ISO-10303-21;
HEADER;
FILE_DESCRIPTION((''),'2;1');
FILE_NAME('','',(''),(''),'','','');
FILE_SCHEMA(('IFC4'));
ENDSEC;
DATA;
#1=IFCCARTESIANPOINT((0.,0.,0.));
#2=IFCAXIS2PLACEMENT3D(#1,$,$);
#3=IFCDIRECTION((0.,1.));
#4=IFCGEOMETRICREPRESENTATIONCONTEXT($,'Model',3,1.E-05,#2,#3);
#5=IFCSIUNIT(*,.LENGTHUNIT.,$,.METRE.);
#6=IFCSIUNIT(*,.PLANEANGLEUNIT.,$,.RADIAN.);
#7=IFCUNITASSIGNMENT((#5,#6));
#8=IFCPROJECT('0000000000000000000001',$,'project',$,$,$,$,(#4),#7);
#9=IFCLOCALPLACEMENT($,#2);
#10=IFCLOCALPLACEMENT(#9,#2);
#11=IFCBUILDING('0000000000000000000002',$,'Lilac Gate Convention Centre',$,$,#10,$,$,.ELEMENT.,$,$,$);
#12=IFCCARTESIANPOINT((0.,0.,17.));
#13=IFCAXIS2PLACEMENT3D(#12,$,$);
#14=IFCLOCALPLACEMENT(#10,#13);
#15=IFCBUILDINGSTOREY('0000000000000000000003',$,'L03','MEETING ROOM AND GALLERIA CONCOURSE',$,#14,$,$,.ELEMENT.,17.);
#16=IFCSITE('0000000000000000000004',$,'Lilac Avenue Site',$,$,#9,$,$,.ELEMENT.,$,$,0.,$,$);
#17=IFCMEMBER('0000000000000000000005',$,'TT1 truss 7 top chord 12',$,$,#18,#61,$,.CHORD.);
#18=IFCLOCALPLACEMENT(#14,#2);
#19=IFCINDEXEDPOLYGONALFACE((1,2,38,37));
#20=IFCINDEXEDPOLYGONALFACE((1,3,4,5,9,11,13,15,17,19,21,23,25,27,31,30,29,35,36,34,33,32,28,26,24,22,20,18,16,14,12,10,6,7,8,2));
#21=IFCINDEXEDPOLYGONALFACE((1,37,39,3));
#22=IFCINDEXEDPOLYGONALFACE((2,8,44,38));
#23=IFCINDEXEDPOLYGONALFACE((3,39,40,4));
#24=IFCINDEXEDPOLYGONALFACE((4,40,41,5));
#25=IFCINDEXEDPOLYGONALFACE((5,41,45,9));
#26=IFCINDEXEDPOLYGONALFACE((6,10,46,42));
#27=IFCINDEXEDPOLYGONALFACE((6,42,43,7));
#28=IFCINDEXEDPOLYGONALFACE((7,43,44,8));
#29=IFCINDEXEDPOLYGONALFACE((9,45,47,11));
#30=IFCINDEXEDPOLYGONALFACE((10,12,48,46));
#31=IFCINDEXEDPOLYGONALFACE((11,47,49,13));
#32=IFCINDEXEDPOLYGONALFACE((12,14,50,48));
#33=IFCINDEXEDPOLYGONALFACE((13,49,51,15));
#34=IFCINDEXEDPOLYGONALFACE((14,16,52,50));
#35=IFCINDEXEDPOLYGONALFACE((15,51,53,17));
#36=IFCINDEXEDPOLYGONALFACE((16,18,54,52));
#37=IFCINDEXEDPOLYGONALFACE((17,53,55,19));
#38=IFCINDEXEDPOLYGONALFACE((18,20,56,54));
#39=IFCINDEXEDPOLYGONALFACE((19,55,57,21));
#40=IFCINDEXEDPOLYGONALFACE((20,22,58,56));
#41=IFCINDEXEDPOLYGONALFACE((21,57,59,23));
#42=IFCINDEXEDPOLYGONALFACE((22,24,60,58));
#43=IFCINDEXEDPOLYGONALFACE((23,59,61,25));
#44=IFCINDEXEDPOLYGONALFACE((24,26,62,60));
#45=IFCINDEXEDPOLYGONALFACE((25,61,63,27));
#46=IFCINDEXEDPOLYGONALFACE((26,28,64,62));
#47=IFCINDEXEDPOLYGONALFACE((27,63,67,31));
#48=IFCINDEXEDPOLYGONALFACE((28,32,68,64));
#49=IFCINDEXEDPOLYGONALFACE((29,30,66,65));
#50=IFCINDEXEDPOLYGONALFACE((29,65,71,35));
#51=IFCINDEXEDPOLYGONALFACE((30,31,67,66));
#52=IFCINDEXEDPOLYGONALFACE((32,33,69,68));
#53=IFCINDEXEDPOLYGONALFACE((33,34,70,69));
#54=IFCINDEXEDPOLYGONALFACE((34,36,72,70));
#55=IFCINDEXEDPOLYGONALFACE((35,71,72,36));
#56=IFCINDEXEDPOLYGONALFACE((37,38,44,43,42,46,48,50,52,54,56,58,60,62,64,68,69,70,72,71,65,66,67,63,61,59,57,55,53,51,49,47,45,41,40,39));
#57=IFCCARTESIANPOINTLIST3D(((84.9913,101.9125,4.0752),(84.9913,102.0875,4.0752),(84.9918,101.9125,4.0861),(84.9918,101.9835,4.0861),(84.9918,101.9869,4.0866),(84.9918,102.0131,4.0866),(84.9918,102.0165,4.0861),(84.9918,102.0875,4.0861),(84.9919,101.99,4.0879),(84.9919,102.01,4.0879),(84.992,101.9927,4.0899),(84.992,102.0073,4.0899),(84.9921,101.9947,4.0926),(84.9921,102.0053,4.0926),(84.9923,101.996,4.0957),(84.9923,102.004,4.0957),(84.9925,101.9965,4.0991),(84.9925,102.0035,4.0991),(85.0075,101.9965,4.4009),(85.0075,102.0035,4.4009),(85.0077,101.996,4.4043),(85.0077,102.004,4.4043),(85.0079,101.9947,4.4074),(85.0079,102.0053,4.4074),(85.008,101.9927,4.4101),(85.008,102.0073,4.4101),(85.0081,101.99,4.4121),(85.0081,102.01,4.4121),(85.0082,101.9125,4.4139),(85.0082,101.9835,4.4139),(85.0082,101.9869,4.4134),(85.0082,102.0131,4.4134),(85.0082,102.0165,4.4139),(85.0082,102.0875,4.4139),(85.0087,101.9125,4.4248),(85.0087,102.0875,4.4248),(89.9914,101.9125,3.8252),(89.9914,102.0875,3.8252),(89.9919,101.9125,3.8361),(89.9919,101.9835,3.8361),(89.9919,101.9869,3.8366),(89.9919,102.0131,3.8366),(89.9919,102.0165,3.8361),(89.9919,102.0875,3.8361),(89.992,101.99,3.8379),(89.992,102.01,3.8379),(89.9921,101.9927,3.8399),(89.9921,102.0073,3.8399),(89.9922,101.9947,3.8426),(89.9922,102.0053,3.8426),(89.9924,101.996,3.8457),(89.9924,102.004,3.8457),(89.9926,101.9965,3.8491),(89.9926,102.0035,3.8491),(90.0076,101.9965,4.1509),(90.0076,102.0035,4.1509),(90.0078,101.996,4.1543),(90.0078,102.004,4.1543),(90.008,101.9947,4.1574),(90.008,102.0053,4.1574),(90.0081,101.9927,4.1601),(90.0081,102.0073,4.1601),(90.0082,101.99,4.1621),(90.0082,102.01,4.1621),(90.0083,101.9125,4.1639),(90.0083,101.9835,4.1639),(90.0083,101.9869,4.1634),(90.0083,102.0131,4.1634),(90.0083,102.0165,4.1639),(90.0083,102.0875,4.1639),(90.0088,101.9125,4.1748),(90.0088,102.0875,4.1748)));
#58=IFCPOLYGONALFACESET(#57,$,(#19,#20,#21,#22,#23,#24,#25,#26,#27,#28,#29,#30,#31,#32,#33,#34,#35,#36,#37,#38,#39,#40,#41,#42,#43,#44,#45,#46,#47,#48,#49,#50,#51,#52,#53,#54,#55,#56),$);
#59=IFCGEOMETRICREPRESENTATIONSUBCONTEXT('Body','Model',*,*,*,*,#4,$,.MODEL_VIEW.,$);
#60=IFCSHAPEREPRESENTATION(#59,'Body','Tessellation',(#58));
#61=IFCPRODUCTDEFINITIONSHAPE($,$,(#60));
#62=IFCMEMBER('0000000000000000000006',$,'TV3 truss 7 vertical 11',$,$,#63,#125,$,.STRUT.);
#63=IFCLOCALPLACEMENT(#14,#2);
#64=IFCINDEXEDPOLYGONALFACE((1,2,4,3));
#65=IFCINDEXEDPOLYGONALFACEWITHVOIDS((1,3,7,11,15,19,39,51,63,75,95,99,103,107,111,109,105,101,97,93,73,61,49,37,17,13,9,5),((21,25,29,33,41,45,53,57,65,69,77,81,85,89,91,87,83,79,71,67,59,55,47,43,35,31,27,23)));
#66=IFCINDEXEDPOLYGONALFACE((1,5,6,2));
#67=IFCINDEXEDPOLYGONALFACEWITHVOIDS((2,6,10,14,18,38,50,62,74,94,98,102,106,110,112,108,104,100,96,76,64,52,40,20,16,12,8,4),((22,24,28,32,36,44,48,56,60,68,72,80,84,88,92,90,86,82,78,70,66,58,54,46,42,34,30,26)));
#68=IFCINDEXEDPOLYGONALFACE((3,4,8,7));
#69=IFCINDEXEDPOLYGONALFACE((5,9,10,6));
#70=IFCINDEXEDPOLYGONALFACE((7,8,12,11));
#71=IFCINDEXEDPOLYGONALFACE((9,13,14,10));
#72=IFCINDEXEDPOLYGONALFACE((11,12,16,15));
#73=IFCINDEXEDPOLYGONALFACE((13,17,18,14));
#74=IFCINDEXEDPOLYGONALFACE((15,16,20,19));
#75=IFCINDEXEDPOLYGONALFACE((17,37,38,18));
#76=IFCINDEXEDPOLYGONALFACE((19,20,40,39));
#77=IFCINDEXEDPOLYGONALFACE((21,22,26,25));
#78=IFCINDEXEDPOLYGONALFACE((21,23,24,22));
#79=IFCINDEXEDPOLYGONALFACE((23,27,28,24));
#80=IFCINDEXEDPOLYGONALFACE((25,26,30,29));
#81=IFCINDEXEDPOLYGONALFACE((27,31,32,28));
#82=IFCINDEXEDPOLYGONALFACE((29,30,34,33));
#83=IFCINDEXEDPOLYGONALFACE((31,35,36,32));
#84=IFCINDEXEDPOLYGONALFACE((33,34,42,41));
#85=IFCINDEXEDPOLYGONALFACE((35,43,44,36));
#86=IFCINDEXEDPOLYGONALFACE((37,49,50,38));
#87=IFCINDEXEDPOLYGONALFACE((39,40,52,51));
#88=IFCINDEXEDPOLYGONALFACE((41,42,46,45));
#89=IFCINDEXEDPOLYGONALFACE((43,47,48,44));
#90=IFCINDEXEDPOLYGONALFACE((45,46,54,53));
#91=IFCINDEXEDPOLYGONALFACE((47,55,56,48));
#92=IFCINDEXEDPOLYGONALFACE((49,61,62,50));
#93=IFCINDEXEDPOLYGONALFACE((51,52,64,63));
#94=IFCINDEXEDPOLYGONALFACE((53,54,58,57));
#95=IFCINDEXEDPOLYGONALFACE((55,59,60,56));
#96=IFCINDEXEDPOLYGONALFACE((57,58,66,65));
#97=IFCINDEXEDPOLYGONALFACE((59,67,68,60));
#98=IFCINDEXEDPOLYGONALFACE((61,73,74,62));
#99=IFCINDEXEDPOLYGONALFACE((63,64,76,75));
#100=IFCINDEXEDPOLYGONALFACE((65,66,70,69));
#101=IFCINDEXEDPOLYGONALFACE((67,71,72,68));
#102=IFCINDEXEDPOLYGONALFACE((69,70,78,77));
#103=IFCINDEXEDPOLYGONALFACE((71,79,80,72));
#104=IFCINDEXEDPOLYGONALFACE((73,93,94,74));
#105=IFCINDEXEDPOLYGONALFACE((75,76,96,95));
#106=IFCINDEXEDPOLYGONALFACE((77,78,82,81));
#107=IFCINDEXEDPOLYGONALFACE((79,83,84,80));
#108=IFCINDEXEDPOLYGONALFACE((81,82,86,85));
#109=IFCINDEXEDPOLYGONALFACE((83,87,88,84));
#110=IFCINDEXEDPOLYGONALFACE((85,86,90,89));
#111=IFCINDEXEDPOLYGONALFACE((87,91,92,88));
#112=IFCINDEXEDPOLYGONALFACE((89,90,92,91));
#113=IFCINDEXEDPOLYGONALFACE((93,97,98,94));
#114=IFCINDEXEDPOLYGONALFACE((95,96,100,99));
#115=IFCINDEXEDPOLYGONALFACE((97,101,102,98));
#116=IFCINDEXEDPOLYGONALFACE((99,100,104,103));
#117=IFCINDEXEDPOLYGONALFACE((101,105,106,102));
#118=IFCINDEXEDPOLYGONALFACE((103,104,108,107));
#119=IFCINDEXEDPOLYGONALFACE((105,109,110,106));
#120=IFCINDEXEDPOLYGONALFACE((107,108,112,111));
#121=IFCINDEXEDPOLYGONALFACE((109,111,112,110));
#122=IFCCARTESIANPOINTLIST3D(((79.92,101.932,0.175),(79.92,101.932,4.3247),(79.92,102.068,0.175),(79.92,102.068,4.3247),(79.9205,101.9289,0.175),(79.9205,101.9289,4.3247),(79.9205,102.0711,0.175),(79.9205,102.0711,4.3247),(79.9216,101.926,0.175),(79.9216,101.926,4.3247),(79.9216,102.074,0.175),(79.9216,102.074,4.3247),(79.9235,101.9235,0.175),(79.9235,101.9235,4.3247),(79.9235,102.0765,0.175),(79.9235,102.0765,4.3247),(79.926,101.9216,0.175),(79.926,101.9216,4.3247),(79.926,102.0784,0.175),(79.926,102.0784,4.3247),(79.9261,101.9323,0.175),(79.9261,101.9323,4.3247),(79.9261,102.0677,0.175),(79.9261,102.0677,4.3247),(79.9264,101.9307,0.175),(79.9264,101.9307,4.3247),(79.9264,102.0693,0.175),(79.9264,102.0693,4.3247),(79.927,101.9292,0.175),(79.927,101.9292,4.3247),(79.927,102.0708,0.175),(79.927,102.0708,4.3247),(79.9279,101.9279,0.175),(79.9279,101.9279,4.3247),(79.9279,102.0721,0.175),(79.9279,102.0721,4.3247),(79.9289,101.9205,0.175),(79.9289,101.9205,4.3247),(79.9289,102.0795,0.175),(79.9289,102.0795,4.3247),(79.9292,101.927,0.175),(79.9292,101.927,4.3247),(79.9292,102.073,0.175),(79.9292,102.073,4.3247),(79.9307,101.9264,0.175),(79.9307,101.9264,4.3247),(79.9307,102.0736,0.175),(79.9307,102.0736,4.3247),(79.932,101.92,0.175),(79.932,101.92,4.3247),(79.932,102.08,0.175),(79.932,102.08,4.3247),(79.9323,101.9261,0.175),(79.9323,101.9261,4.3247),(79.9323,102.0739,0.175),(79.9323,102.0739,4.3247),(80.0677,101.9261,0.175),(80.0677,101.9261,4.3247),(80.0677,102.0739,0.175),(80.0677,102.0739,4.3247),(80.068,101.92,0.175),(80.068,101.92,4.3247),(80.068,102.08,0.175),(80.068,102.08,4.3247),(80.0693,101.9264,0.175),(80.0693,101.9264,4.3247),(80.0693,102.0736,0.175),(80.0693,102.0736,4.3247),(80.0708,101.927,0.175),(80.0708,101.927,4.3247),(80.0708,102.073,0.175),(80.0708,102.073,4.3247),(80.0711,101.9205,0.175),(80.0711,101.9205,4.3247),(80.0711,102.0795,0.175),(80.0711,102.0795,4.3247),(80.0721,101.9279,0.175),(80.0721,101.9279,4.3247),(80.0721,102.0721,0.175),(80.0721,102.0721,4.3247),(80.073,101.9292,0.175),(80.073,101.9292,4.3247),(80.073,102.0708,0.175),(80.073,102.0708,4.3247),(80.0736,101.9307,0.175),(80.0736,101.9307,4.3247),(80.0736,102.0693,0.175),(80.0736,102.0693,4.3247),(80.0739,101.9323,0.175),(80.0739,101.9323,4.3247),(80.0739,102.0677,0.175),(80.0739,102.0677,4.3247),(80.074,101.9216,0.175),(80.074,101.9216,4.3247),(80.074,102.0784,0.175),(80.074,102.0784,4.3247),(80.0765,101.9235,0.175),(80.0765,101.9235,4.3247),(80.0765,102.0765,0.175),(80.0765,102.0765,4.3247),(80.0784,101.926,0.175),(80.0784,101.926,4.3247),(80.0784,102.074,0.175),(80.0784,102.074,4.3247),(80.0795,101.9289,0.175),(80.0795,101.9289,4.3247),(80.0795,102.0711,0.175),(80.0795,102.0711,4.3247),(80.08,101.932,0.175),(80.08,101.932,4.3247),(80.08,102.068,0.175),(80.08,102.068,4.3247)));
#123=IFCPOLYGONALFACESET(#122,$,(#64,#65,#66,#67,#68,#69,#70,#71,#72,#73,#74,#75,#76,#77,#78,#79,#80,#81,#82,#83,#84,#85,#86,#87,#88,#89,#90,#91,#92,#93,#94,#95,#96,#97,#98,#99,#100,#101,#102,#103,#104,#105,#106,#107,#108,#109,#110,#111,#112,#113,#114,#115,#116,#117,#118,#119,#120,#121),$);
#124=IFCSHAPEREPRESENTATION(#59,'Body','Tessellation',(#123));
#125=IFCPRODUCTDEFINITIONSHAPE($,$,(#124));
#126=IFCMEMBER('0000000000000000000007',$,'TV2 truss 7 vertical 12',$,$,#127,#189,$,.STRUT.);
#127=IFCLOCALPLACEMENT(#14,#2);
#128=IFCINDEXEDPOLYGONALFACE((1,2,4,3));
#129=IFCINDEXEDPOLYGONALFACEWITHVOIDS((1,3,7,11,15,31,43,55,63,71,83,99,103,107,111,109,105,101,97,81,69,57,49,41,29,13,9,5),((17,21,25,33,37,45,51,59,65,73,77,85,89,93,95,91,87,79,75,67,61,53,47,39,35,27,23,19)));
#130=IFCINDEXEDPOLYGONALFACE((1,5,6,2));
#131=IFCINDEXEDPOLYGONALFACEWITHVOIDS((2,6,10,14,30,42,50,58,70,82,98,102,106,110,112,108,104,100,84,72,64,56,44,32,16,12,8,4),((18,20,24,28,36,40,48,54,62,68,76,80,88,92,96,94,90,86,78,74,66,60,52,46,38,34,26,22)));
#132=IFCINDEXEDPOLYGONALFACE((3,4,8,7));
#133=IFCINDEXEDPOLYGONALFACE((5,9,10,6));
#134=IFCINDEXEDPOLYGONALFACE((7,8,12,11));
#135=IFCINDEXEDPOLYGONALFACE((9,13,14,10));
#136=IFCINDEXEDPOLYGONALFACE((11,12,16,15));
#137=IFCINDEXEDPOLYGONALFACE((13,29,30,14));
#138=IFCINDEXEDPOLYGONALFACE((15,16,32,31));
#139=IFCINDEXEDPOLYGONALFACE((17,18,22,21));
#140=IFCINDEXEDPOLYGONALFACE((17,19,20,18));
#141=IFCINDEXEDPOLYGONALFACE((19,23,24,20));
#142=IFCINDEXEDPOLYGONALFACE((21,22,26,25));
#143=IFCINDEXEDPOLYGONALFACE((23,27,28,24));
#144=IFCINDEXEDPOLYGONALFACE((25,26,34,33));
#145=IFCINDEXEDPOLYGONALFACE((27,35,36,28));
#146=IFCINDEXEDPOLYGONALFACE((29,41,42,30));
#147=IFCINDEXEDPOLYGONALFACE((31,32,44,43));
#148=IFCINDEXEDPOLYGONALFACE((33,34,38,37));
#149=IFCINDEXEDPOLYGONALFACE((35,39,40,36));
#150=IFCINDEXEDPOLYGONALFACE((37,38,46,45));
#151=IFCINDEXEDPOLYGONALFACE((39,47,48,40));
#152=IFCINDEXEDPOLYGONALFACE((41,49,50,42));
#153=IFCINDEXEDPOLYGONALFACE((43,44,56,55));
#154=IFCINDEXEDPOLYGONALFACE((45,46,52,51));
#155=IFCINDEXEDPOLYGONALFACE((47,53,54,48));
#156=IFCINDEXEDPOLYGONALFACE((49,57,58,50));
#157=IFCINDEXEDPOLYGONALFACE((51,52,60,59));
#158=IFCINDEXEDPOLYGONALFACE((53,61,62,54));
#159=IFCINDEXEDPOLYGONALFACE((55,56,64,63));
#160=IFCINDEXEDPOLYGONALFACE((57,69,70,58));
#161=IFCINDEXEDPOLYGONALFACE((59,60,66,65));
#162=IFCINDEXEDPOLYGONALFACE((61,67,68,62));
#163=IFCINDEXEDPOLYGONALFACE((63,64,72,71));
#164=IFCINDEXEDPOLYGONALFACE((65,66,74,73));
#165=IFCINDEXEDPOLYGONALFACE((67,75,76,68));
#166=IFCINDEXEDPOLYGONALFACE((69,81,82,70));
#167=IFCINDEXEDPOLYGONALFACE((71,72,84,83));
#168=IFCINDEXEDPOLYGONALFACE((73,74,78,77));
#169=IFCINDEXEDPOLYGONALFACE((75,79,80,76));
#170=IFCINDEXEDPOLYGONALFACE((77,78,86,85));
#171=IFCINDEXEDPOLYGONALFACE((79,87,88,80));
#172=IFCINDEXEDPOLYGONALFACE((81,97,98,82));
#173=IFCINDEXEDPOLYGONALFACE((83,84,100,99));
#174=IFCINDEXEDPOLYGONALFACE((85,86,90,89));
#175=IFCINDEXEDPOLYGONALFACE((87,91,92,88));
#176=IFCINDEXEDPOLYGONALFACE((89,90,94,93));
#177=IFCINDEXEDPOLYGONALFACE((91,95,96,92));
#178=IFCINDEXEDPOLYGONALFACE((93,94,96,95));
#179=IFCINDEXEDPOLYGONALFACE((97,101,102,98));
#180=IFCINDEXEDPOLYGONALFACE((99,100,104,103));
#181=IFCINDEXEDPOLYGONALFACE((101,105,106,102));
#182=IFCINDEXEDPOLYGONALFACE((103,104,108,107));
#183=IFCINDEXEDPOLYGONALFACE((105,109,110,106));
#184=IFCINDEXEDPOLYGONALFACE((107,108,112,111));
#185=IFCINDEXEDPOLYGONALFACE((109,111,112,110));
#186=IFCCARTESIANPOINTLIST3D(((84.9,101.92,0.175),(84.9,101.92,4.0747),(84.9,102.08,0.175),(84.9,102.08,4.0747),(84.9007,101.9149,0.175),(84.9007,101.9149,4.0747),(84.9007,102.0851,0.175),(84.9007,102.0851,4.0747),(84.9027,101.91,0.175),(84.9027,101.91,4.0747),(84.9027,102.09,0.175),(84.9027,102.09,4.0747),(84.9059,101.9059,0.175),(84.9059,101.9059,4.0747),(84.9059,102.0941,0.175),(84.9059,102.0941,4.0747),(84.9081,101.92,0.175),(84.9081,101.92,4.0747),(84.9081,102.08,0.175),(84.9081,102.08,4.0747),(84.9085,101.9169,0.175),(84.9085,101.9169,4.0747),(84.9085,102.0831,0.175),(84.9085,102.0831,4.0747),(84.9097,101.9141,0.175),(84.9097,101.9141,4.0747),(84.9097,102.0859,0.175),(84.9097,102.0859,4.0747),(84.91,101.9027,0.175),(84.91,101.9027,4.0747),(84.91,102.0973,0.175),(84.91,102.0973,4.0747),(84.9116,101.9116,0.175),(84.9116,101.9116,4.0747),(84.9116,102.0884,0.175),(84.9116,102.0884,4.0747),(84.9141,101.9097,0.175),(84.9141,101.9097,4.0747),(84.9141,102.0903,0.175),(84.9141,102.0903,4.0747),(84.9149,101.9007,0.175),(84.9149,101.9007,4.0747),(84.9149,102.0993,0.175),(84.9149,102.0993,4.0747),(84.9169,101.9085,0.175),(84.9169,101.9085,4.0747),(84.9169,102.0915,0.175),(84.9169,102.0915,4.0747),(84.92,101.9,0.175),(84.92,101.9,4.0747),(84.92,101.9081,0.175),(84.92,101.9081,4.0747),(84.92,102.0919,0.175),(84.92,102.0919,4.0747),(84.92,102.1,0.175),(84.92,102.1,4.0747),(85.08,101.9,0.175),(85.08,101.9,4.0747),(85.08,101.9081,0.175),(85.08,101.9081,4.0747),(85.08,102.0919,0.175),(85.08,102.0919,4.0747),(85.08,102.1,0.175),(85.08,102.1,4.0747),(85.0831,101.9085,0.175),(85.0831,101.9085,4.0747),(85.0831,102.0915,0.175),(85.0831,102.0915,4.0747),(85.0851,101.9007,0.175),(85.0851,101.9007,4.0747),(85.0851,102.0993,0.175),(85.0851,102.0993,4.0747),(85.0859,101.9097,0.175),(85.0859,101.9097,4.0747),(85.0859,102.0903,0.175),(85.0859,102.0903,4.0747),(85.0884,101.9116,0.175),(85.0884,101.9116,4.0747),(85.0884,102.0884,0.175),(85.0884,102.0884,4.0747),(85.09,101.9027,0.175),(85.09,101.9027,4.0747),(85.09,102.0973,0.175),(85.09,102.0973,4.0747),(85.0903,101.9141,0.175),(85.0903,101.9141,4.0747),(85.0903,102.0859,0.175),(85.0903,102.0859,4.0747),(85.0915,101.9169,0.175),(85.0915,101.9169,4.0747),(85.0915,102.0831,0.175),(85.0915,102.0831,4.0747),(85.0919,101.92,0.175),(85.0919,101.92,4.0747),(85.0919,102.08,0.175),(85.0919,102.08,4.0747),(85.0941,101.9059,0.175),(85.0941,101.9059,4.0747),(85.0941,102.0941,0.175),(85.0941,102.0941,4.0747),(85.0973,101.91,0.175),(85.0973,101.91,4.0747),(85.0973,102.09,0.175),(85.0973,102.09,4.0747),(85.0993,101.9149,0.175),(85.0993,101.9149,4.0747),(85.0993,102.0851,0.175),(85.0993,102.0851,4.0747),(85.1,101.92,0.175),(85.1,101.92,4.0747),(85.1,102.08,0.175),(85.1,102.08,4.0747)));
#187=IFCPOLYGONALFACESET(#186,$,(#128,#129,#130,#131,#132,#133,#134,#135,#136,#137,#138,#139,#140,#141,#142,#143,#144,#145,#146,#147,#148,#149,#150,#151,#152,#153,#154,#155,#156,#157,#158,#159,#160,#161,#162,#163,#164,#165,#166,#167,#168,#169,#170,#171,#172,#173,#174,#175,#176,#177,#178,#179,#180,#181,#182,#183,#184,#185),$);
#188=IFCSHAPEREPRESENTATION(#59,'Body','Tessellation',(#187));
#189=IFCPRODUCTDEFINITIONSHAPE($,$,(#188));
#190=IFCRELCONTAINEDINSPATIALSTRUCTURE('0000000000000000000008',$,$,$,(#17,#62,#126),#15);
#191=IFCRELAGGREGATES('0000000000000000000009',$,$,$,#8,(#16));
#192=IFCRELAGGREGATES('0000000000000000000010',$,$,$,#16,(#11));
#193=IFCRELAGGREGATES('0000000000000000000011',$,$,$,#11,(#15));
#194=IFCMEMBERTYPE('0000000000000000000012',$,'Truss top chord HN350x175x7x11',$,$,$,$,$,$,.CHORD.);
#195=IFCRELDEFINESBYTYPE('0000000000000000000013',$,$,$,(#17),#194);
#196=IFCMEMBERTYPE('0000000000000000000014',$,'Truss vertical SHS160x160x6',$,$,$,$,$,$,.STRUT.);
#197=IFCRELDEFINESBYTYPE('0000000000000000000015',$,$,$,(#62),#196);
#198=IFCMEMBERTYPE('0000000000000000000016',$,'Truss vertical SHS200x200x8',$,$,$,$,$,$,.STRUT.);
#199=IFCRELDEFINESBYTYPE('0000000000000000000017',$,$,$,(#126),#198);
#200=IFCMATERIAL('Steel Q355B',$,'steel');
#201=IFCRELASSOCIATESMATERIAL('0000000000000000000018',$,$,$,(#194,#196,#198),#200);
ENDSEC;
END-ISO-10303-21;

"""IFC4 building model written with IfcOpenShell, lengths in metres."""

from ifc_helpers import new_model, si_unit, direction, frame, origin, origin_2d, place, context, subcontext, project, spatial, hollow_rectangle, i_section, extrude, material, material_profile, profile_set, type_object, element, save


model = new_model("IFC4")

# Units and contexts
model_context = context("Model", 3, precision=1e-05, world=origin(), true_north=direction((0.0, 1.0)))
body_context = subcontext(model_context, "Body", "Model", "MODEL_VIEW")
ifc_project = project(units=[si_unit("LENGTHUNIT", "METRE"), si_unit("PLANEANGLEUNIT", "RADIAN")], contexts=[model_context])

# Site, building, storey
site_placement = place(None, origin())
site = spatial("IfcSite", under=ifc_project, at=site_placement, Name="Lilac Avenue Site", CompositionType="ELEMENT", RefElevation=0.0)
building_placement = place(site_placement, origin())
building = spatial("IfcBuilding", under=site, at=building_placement, Name="Lilac Gate Convention Centre", CompositionType="ELEMENT")
storey_placement = place(building_placement, frame((0.0, 0.0, 17.0)))
storey = spatial("IfcBuildingStorey", under=building, at=storey_placement, Name="L03", Description="MEETING ROOM AND GALLERIA CONCOURSE", CompositionType="ELEMENT", Elevation=17.0)

# Members
ifc_material_1 = material(Name="Steel Q355B", Category="steel")
ifc_material_profile_1 = material_profile(ifc_material_1, i_section(OverallWidth=0.175, OverallDepth=0.3501, WebThickness=0.0071, FlangeThickness=0.011, FilletRadius=0.0129, at=origin_2d()), Name="HN350x175x7x11")
ifc_profile_set_1 = profile_set([ifc_material_profile_1], Name="Steel Q355B")
member_type_1 = type_object("IfcMemberType", Name="Truss top chord HN350x175x7x11", PredefinedType="CHORD", material=ifc_profile_set_1)
for number, where, z_axis, x_axis, name in (
    (1, (85.0, 102.0, 4.25), (0.998752, 0.0, -0.049938), (0.0, 1.0, 0.0), "TT1 truss 7 top chord 12"),
):
    element("IfcMember", number, at=place(storey_placement, frame(where, z_axis=z_axis, x_axis=x_axis)), inside=storey, type_object=member_type_1, Name=name, PredefinedType="CHORD", context=body_context, shape_type="SweptSolid", body=[
        extrude(i_section(OverallWidth=0.175, OverallDepth=0.3501, WebThickness=0.0071, FlangeThickness=0.011, FilletRadius=0.0129, at=origin_2d()), origin(), (0.0, 0.0, 1.0), 5.0063),
    ])
ifc_material_profile_2 = material_profile(ifc_material_1, hollow_rectangle(XDim=0.1599, YDim=0.1599, WallThickness=0.0061, InnerFilletRadius=0.0061, OuterFilletRadius=0.012, at=origin_2d()), Name="SHS160x160x6")
ifc_profile_set_2 = profile_set([ifc_material_profile_2], Name="Steel Q355B")
member_type_2 = type_object("IfcMemberType", Name="Truss vertical SHS160x160x6", PredefinedType="STRUT", material=ifc_profile_set_2)
member_1_placement = place(storey_placement, frame((80.0, 102.0, 0.175), z_axis=(0.0, 0.0, 1.0), x_axis=(1.0, 0.0, 0.0)))
element("IfcMember", 2, at=member_1_placement, inside=storey, type_object=member_type_2, Name="TV3 truss 7 vertical 11", PredefinedType="STRUT", context=body_context, shape_type="SweptSolid", body=[
    extrude(hollow_rectangle(XDim=0.1599, YDim=0.1599, WallThickness=0.0061, InnerFilletRadius=0.0061, OuterFilletRadius=0.012, at=origin_2d()), origin(), (0.0, 0.0, 1.0), 4.1497),
])
ifc_material_profile_3 = material_profile(ifc_material_1, hollow_rectangle(XDim=0.2, YDim=0.2, WallThickness=0.0081, InnerFilletRadius=0.012, OuterFilletRadius=0.02, at=origin_2d()), Name="SHS200x200x8")
ifc_profile_set_3 = profile_set([ifc_material_profile_3], Name="Steel Q355B")
member_type_3 = type_object("IfcMemberType", Name="Truss vertical SHS200x200x8", PredefinedType="STRUT", material=ifc_profile_set_3)
member_2_placement = place(storey_placement, frame((85.0, 102.0, 0.175), z_axis=(0.0, 0.0, 1.0), x_axis=(1.0, 0.0, 0.0)))
element("IfcMember", 3, at=member_2_placement, inside=storey, type_object=member_type_3, Name="TV2 truss 7 vertical 12", PredefinedType="STRUT", context=body_context, shape_type="SweptSolid", body=[
    extrude(hollow_rectangle(XDim=0.2, YDim=0.2, WallThickness=0.0081, InnerFilletRadius=0.012, OuterFilletRadius=0.02, at=origin_2d()), origin(), (0.0, 0.0, 1.0), 3.8997),
])

save(model, "model.ifc")
